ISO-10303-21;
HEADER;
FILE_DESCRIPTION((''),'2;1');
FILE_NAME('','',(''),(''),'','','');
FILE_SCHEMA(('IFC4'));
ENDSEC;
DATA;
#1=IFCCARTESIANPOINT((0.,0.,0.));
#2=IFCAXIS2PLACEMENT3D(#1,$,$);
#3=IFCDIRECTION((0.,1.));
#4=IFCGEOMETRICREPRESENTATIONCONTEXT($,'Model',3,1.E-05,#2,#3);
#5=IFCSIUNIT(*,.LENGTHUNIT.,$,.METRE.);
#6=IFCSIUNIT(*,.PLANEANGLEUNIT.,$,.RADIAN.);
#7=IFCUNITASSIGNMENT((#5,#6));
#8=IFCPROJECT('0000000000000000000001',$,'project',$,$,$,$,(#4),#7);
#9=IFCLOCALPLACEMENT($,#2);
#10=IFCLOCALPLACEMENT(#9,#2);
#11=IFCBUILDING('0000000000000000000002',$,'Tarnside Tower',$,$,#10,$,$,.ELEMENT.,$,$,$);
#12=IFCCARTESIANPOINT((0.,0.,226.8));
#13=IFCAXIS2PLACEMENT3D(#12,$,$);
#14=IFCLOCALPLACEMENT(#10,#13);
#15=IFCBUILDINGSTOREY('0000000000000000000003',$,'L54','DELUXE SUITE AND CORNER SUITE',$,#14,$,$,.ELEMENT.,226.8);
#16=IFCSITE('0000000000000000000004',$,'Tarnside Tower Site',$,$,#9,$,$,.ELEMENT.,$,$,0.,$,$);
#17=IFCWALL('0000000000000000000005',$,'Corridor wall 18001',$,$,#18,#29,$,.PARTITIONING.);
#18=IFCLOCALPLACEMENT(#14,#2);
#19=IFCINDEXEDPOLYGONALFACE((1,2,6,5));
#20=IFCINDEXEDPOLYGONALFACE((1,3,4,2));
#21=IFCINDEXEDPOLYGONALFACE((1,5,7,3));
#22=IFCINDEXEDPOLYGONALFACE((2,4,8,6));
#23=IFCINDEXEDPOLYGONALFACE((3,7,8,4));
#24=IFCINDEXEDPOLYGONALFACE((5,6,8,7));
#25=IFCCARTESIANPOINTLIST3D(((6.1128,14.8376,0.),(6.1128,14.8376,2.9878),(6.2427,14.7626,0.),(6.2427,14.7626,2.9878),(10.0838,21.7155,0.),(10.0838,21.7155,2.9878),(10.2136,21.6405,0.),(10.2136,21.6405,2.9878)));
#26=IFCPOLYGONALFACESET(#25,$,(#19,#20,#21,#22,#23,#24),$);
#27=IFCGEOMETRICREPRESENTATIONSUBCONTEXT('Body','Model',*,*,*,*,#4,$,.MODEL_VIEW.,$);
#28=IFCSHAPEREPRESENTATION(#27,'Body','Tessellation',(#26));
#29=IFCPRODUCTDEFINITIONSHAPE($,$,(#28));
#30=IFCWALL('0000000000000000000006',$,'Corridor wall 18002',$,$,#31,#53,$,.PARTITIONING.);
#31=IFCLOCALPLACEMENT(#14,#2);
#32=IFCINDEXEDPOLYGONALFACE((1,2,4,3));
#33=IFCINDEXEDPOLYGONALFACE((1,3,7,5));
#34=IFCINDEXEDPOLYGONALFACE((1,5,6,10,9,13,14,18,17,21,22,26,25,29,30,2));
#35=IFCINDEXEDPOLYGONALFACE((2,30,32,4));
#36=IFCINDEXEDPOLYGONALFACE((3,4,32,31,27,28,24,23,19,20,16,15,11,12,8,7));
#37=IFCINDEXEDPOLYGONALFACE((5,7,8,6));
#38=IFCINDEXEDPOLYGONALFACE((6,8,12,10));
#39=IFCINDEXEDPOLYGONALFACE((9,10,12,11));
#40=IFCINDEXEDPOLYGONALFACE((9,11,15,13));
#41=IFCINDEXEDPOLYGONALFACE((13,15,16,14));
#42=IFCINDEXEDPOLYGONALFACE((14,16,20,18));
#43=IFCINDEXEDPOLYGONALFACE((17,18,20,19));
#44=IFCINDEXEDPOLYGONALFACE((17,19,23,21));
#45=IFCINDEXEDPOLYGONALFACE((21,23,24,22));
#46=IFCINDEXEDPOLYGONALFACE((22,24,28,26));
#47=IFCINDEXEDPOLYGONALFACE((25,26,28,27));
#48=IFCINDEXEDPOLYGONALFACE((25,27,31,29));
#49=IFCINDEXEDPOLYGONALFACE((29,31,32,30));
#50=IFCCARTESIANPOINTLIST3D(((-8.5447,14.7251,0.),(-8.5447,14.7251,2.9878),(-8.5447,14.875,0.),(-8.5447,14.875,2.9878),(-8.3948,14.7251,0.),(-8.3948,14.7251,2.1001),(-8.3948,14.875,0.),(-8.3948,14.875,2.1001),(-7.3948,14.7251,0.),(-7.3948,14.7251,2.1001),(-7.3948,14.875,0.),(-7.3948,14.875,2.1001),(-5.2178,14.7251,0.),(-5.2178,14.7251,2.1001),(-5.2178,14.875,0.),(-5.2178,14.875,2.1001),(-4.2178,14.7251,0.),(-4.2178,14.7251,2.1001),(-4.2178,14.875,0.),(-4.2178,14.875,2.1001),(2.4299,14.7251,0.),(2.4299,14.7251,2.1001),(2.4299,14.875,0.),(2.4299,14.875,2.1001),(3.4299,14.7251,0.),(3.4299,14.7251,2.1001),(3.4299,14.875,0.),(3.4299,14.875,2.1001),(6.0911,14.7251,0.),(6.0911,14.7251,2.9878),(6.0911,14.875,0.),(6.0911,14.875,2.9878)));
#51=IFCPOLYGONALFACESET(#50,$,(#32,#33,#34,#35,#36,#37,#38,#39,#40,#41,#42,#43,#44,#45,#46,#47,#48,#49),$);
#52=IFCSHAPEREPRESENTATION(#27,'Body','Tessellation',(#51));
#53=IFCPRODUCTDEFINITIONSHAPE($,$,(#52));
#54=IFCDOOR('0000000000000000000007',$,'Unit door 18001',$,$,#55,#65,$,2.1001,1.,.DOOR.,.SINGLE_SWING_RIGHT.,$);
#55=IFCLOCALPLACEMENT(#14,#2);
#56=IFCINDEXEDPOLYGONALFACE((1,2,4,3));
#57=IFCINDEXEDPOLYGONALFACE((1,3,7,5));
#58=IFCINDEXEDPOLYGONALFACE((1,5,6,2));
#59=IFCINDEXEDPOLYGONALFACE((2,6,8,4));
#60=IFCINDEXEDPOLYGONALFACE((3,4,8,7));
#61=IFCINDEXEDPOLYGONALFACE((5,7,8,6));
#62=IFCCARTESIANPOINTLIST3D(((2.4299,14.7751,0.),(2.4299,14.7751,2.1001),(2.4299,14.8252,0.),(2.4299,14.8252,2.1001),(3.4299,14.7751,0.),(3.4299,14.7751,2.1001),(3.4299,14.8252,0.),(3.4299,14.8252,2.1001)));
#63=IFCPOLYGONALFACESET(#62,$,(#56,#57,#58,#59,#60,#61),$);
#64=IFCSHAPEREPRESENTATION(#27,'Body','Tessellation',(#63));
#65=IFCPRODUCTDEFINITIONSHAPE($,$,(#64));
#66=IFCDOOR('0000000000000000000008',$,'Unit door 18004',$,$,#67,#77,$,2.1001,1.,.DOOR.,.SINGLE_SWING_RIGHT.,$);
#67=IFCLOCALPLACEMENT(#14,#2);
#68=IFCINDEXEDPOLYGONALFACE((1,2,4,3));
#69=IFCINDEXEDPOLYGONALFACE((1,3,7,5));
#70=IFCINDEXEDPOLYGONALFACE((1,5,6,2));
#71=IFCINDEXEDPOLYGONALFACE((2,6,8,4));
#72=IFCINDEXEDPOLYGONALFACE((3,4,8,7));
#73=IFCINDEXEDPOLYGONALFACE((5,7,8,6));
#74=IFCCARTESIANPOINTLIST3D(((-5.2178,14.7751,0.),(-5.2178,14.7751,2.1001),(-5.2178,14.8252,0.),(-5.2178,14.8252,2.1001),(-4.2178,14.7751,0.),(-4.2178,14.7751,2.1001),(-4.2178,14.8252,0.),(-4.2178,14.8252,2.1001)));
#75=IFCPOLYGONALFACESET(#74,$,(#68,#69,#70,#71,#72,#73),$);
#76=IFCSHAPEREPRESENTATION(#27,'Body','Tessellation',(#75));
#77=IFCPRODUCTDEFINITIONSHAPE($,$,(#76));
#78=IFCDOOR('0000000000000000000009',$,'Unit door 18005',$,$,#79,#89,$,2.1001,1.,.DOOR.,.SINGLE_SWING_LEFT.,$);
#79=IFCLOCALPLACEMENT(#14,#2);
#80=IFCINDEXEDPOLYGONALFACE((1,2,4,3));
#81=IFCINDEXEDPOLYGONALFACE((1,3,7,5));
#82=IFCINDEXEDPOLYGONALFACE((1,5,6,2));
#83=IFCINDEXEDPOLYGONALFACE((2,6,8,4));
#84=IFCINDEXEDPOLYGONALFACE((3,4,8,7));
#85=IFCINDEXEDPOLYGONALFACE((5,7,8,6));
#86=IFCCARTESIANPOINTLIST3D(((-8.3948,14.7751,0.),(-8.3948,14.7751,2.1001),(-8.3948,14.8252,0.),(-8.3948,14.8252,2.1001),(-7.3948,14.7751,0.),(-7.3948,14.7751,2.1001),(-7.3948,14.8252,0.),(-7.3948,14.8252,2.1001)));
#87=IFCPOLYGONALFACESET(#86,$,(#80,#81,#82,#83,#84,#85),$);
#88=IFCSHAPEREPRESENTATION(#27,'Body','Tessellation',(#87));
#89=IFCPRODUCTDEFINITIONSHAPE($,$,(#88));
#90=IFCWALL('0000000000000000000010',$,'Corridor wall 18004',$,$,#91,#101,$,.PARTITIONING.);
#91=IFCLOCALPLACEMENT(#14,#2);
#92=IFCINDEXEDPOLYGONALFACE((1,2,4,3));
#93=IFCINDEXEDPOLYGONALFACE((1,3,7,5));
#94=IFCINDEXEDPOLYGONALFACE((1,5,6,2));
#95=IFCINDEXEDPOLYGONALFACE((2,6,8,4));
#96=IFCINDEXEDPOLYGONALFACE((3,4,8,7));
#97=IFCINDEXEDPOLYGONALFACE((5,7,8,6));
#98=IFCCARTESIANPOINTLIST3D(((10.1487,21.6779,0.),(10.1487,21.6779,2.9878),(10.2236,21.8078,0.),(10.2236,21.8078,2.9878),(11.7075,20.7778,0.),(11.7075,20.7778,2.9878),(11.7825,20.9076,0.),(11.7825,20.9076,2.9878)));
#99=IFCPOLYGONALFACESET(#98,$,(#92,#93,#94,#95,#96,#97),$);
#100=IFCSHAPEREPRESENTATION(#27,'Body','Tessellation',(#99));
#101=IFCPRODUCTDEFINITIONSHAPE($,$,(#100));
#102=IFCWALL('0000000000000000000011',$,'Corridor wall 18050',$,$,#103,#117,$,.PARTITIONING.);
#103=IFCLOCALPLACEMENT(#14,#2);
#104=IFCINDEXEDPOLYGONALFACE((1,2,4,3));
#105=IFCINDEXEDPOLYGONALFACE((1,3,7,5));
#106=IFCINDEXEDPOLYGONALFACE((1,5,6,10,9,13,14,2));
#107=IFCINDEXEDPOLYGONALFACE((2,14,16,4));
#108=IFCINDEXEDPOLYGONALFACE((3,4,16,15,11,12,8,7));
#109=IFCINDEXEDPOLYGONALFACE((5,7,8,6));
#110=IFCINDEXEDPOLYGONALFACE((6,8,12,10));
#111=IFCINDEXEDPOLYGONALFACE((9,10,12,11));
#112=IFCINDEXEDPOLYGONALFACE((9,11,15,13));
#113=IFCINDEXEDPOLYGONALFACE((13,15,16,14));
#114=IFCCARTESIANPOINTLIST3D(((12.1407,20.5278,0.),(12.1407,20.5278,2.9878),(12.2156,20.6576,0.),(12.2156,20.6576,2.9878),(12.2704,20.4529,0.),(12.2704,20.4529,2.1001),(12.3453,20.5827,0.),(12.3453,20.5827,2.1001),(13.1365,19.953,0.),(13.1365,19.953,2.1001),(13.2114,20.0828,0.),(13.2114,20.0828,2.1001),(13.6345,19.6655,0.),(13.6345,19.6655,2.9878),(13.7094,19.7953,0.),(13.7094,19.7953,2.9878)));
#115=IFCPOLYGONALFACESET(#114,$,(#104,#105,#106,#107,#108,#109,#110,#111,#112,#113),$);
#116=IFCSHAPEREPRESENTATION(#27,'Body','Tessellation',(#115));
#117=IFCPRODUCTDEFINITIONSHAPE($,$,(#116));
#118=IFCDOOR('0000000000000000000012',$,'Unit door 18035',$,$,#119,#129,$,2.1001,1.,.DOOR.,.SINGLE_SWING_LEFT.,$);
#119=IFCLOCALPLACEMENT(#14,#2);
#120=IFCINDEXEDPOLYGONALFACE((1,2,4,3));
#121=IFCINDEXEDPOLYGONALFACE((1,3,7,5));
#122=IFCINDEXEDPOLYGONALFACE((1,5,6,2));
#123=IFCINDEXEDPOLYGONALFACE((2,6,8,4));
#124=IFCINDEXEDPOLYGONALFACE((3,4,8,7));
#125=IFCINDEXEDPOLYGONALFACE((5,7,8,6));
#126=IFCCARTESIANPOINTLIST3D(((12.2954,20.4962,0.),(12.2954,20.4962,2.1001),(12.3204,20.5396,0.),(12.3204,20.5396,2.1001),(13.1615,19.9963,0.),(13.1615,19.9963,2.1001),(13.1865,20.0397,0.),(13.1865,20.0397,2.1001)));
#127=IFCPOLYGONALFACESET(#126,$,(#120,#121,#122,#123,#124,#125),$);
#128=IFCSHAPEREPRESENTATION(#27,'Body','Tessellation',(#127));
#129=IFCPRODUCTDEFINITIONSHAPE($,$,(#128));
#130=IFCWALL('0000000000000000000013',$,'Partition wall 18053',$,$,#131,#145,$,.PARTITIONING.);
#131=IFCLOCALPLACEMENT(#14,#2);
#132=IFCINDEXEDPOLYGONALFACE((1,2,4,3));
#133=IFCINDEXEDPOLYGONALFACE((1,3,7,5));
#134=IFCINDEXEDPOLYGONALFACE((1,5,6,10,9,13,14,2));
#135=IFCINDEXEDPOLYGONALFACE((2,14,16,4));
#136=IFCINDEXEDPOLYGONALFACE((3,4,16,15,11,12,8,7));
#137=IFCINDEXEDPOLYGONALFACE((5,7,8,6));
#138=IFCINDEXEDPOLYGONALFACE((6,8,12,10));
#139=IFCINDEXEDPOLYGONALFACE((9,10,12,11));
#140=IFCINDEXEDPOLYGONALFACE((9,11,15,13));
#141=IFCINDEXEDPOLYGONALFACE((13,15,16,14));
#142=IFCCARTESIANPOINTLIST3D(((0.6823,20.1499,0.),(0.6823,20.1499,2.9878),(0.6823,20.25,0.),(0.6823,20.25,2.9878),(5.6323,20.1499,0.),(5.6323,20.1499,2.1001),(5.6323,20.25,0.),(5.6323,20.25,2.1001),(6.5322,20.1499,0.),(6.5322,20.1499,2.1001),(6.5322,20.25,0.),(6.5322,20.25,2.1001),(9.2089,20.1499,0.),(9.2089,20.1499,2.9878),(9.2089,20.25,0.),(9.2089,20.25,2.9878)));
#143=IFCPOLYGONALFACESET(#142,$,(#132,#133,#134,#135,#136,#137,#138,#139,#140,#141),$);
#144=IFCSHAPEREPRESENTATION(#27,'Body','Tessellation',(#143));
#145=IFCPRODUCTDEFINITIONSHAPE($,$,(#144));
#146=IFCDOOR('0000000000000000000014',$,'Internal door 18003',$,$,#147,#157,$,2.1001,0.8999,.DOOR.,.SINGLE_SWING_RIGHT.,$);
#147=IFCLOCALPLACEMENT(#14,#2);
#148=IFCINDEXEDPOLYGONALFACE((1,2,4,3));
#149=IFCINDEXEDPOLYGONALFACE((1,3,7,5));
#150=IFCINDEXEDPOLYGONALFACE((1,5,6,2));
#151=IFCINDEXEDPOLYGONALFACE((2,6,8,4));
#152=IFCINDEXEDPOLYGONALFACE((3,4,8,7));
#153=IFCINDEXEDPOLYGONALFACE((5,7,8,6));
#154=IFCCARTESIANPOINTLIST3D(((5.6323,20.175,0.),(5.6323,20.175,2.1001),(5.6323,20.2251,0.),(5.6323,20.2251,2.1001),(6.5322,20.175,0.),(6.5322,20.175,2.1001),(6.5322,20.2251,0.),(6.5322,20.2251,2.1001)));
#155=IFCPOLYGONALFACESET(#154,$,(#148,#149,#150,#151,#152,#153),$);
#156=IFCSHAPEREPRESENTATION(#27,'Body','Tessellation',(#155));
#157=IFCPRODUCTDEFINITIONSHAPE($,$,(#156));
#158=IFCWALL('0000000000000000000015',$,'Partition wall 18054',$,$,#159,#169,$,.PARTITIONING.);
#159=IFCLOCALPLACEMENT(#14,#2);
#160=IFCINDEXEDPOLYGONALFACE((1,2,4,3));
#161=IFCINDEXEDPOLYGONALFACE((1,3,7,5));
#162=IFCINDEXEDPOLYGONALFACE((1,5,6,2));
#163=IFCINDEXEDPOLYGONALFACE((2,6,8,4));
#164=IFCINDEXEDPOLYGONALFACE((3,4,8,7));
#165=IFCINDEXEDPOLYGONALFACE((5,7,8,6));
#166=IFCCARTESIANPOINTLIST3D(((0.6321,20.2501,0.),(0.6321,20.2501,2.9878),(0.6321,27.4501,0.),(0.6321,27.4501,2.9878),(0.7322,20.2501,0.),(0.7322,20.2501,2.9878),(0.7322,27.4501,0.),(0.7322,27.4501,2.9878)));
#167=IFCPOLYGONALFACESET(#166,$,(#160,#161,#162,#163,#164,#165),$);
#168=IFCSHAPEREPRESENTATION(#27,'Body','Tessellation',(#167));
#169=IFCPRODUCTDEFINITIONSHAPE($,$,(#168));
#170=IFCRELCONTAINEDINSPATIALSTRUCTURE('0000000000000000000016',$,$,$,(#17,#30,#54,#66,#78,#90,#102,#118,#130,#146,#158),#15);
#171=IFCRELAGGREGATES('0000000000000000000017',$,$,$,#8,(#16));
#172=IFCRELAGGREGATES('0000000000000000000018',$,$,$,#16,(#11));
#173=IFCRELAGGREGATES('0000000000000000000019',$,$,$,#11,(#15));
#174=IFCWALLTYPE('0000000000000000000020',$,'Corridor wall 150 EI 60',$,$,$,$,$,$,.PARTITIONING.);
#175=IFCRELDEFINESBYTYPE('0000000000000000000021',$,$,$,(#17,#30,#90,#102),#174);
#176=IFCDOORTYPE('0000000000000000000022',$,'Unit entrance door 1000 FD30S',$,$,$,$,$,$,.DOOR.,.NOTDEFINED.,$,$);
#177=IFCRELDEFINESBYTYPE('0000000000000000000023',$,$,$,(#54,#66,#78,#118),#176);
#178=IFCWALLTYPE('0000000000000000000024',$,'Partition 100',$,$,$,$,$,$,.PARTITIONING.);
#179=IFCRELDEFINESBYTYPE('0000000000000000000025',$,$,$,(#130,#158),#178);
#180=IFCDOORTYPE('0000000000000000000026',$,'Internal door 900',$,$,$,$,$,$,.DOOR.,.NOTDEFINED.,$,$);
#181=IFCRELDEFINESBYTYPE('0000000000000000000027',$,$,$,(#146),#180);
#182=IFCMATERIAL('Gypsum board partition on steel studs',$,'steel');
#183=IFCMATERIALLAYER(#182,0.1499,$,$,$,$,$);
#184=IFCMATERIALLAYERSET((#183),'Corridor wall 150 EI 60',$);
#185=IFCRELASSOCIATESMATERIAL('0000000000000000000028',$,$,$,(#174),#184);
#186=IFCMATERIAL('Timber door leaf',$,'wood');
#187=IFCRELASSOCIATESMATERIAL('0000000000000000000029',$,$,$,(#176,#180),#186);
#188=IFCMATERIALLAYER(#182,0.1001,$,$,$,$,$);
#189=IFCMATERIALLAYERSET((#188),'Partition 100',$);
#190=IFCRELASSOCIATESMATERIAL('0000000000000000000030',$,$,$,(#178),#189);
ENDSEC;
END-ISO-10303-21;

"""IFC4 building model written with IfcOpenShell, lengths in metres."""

from ifc_helpers import new_model, si_unit, direction, frame, frame_2d, origin, place, context, subcontext, project, spatial, rectangle, extrude, material, layer, layer_set, type_object, element, fill, save


model = new_model("IFC4")

# Units and contexts
model_context = context("Model", 3, precision=1e-05, world=origin(), true_north=direction((0.0, 1.0)))
body_context = subcontext(model_context, "Body", "Model", "MODEL_VIEW")
ifc_project = project(units=[si_unit("LENGTHUNIT", "METRE"), si_unit("PLANEANGLEUNIT", "RADIAN")], contexts=[model_context])

# Site, building, storey
site_placement = place(None, origin())
site = spatial("IfcSite", under=ifc_project, at=site_placement, Name="Tarnside Tower Site", CompositionType="ELEMENT", RefElevation=0.0)
building_placement = place(site_placement, origin())
building = spatial("IfcBuilding", under=site, at=building_placement, Name="Tarnside Tower", CompositionType="ELEMENT")
storey_placement = place(building_placement, frame((0.0, 0.0, 226.8)))
storey = spatial("IfcBuildingStorey", under=building, at=storey_placement, Name="L54", Description="DELUXE SUITE AND CORNER SUITE", CompositionType="ELEMENT", Elevation=226.8)

# Wall
ifc_material_1 = material(Name="Gypsum board partition on steel studs", Category="steel")
ifc_layer_1 = layer(ifc_material_1, 0.1499)
ifc_layer_set_1 = layer_set([ifc_layer_1], Name="Corridor wall 150 EI 60")
wall_type_1 = type_object("IfcWallType", Name="Corridor wall 150 EI 60", PredefinedType="PARTITIONING", material=ifc_layer_set_1)
wall_1_placement = place(storey_placement, frame((10.1487, 21.678, 0.0), z_axis=(0.0, 0.0, 1.0), x_axis=(-0.499997, -0.866027, 0.0)))
element("IfcWall", 1, at=wall_1_placement, inside=storey, type_object=wall_type_1, Name="Corridor wall 18001", PredefinedType="PARTITIONING", context=body_context, shape_type="SweptSolid", body=[
    extrude(rectangle(XDim=7.9419, YDim=0.1499, at=frame_2d((3.9709, 0.0))), origin(), (0.0, 0.0, 1.0), 2.9878),
])

# Wall, openings, doors
wall_2_placement = place(storey_placement, frame((6.0911, 14.8, 0.0), z_axis=(0.0, 0.0, 1.0), x_axis=(-1.0, 0.0, 0.0)))
wall_2 = element("IfcWall", 2, at=wall_2_placement, inside=storey, type_object=wall_type_1, Name="Corridor wall 18002", PredefinedType="PARTITIONING", context=body_context, shape_type="SweptSolid", body=[
    extrude(rectangle(XDim=14.6357, YDim=0.1499, at=frame_2d((7.3179, 0.0))), origin(), (0.0, 0.0, 1.0), 2.9878),
])
opening_1_placement = place(wall_2_placement, frame((2.6611, 0.0, 0.0)))
opening_1 = element("IfcOpeningElement", 3, at=opening_1_placement, cuts=wall_2, PredefinedType="OPENING", context=body_context, shape_type="SweptSolid", body=[
    extrude(rectangle(XDim=1.0, YDim=2.1001, at=frame_2d((0.5, 1.05))), frame((0.0, 0.085, 0.0), z_axis=(0.0, -1.0, 0.0), x_axis=(1.0, 0.0, 0.0)), (0.0, 0.0, 1.0), 0.1699),
])
opening_2_placement = place(wall_2_placement, frame((10.3088, 0.0, 0.0)))
opening_2 = element("IfcOpeningElement", 4, at=opening_2_placement, cuts=wall_2, PredefinedType="OPENING", context=body_context, shape_type="SweptSolid", body=[
    extrude(rectangle(XDim=1.0, YDim=2.1001, at=frame_2d((0.5, 1.05))), frame((0.0, 0.085, 0.0), z_axis=(0.0, -1.0, 0.0), x_axis=(1.0, 0.0, 0.0)), (0.0, 0.0, 1.0), 0.1699),
])
opening_3_placement = place(wall_2_placement, frame((13.4858, 0.0, 0.0)))
opening_3 = element("IfcOpeningElement", 5, at=opening_3_placement, cuts=wall_2, PredefinedType="OPENING", context=body_context, shape_type="SweptSolid", body=[
    extrude(rectangle(XDim=1.0, YDim=2.1001, at=frame_2d((0.5, 1.05))), frame((0.0, 0.085, 0.0), z_axis=(0.0, -1.0, 0.0), x_axis=(1.0, 0.0, 0.0)), (0.0, 0.0, 1.0), 0.1699),
])
ifc_material_2 = material(Name="Timber door leaf", Category="wood")
door_type_1 = type_object("IfcDoorType", Name="Unit entrance door 1000 FD30S", OperationType="NOTDEFINED", PredefinedType="DOOR", material=ifc_material_2)
door_1_placement = place(opening_1_placement, origin())
door_1 = element("IfcDoor", 6, at=door_1_placement, inside=storey, type_object=door_type_1, Name="Unit door 18001", OperationType="SINGLE_SWING_RIGHT", OverallHeight=2.1001, OverallWidth=1.0, PredefinedType="DOOR", context=body_context, shape_type="SweptSolid", body=[
    extrude(rectangle(XDim=1.0, YDim=2.1001, at=frame_2d((0.5, 1.05))), frame((0.0, 0.0249, 0.0), z_axis=(0.0, -1.0, 0.0), x_axis=(1.0, 0.0, 0.0)), (0.0, 0.0, 1.0), 0.05),
])
fill(opening_1, door_1)
door_2_placement = place(opening_2_placement, origin())
door_2 = element("IfcDoor", 7, at=door_2_placement, inside=storey, type_object=door_type_1, Name="Unit door 18004", OperationType="SINGLE_SWING_RIGHT", OverallHeight=2.1001, OverallWidth=1.0, PredefinedType="DOOR", context=body_context, shape_type="SweptSolid", body=[
    extrude(rectangle(XDim=1.0, YDim=2.1001, at=frame_2d((0.5, 1.05))), frame((0.0, 0.0249, 0.0), z_axis=(0.0, -1.0, 0.0), x_axis=(1.0, 0.0, 0.0)), (0.0, 0.0, 1.0), 0.05),
])
fill(opening_2, door_2)
door_3_placement = place(opening_3_placement, origin())
door_3 = element("IfcDoor", 8, at=door_3_placement, inside=storey, type_object=door_type_1, Name="Unit door 18005", OperationType="SINGLE_SWING_LEFT", OverallHeight=2.1001, OverallWidth=1.0, PredefinedType="DOOR", context=body_context, shape_type="SweptSolid", body=[
    extrude(rectangle(XDim=1.0, YDim=2.1001, at=frame_2d((0.5, 1.05))), frame((0.0, 0.0249, 0.0), z_axis=(0.0, -1.0, 0.0), x_axis=(1.0, 0.0, 0.0)), (0.0, 0.0, 1.0), 0.05),
])
fill(opening_3, door_3)

# Wall
wall_3_placement = place(storey_placement, frame((11.7449, 20.8428, 0.0), z_axis=(0.0, 0.0, 1.0), x_axis=(-0.865989, 0.500063, 0.0)))
element("IfcWall", 9, at=wall_3_placement, inside=storey, type_object=wall_type_1, Name="Corridor wall 18004", PredefinedType="PARTITIONING", context=body_context, shape_type="SweptSolid", body=[
    extrude(rectangle(XDim=1.8, YDim=0.1499, at=frame_2d((0.8999, 0.0))), origin(), (0.0, 0.0, 1.0), 2.9878),
])

# Walls, openings, doors
wall_4_placement = place(storey_placement, frame((13.6719, 19.7305, 0.0), z_axis=(0.0, 0.0, 1.0), x_axis=(-0.866075, 0.499914, 0.0)))
wall_4 = element("IfcWall", 10, at=wall_4_placement, inside=storey, type_object=wall_type_1, Name="Corridor wall 18050", PredefinedType="PARTITIONING", context=body_context, shape_type="SweptSolid", body=[
    extrude(rectangle(XDim=1.7249, YDim=0.1499, at=frame_2d((0.8623, 0.0))), origin(), (0.0, 0.0, 1.0), 2.9878),
])
opening_4_placement = place(wall_4_placement, frame((0.575, 0.0, 0.0)))
opening_4 = element("IfcOpeningElement", 11, at=opening_4_placement, cuts=wall_4, PredefinedType="OPENING", context=body_context, shape_type="SweptSolid", body=[
    extrude(rectangle(XDim=1.0, YDim=2.1001, at=frame_2d((0.5, 1.05))), frame((0.0, 0.085, 0.0), z_axis=(0.0, -1.0, 0.0), x_axis=(1.0, 0.0, 0.0)), (0.0, 0.0, 1.0), 0.1699),
])
door_4_placement = place(opening_4_placement, origin())
door_4 = element("IfcDoor", 12, at=door_4_placement, inside=storey, type_object=door_type_1, Name="Unit door 18035", OperationType="SINGLE_SWING_LEFT", OverallHeight=2.1001, OverallWidth=1.0, PredefinedType="DOOR", context=body_context, shape_type="SweptSolid", body=[
    extrude(rectangle(XDim=1.0, YDim=2.1001, at=frame_2d((0.5, 1.05))), frame((0.0, 0.0249, 0.0), z_axis=(0.0, -1.0, 0.0), x_axis=(1.0, 0.0, 0.0)), (0.0, 0.0, 1.0), 0.05),
])
fill(opening_4, door_4)
ifc_layer_2 = layer(ifc_material_1, 0.1001)
ifc_layer_set_2 = layer_set([ifc_layer_2], Name="Partition 100")
wall_type_2 = type_object("IfcWallType", Name="Partition 100", PredefinedType="PARTITIONING", material=ifc_layer_set_2)
wall_5_placement = place(storey_placement, frame((9.2087, 20.2, 0.0), z_axis=(0.0, 0.0, 1.0), x_axis=(-1.0, 0.0, 0.0)))
wall_5 = element("IfcWall", 13, at=wall_5_placement, inside=storey, type_object=wall_type_2, Name="Partition wall 18053", PredefinedType="PARTITIONING", context=body_context, shape_type="SweptSolid", body=[
    extrude(rectangle(XDim=8.5266, YDim=0.1001, at=frame_2d((4.2632, 0.0))), origin(), (0.0, 0.0, 1.0), 2.9878),
])
opening_5_placement = place(wall_5_placement, frame((2.6765, 0.0, 0.0)))
opening_5 = element("IfcOpeningElement", 14, at=opening_5_placement, cuts=wall_5, PredefinedType="OPENING", context=body_context, shape_type="SweptSolid", body=[
    extrude(rectangle(XDim=0.8999, YDim=2.1001, at=frame_2d((0.45, 1.05))), frame((0.0, 0.0601, 0.0), z_axis=(0.0, -1.0, 0.0), x_axis=(1.0, 0.0, 0.0)), (0.0, 0.0, 1.0), 0.1201),
])
door_type_2 = type_object("IfcDoorType", Name="Internal door 900", OperationType="NOTDEFINED", PredefinedType="DOOR", material=ifc_material_2)
door_5_placement = place(opening_5_placement, origin())
door_5 = element("IfcDoor", 15, at=door_5_placement, inside=storey, type_object=door_type_2, Name="Internal door 18003", OperationType="SINGLE_SWING_RIGHT", OverallHeight=2.1001, OverallWidth=0.8999, PredefinedType="DOOR", context=body_context, shape_type="SweptSolid", body=[
    extrude(rectangle(XDim=0.8999, YDim=2.1001, at=frame_2d((0.45, 1.05))), frame((0.0, 0.0249, 0.0), z_axis=(0.0, -1.0, 0.0), x_axis=(1.0, 0.0, 0.0)), (0.0, 0.0, 1.0), 0.05),
])
fill(opening_5, door_5)

# Wall
wall_6_placement = place(storey_placement, frame((0.6821, 20.25, 0.0), z_axis=(0.0, 0.0, 1.0), x_axis=(0.0, 1.0, 0.0)))
element("IfcWall", 16, at=wall_6_placement, inside=storey, type_object=wall_type_2, Name="Partition wall 18054", PredefinedType="PARTITIONING", context=body_context, shape_type="SweptSolid", body=[
    extrude(rectangle(XDim=7.2, YDim=0.1001, at=frame_2d((3.6001, 0.0))), origin(), (0.0, 0.0, 1.0), 2.9878),
])

save(model, "model.ifc")
